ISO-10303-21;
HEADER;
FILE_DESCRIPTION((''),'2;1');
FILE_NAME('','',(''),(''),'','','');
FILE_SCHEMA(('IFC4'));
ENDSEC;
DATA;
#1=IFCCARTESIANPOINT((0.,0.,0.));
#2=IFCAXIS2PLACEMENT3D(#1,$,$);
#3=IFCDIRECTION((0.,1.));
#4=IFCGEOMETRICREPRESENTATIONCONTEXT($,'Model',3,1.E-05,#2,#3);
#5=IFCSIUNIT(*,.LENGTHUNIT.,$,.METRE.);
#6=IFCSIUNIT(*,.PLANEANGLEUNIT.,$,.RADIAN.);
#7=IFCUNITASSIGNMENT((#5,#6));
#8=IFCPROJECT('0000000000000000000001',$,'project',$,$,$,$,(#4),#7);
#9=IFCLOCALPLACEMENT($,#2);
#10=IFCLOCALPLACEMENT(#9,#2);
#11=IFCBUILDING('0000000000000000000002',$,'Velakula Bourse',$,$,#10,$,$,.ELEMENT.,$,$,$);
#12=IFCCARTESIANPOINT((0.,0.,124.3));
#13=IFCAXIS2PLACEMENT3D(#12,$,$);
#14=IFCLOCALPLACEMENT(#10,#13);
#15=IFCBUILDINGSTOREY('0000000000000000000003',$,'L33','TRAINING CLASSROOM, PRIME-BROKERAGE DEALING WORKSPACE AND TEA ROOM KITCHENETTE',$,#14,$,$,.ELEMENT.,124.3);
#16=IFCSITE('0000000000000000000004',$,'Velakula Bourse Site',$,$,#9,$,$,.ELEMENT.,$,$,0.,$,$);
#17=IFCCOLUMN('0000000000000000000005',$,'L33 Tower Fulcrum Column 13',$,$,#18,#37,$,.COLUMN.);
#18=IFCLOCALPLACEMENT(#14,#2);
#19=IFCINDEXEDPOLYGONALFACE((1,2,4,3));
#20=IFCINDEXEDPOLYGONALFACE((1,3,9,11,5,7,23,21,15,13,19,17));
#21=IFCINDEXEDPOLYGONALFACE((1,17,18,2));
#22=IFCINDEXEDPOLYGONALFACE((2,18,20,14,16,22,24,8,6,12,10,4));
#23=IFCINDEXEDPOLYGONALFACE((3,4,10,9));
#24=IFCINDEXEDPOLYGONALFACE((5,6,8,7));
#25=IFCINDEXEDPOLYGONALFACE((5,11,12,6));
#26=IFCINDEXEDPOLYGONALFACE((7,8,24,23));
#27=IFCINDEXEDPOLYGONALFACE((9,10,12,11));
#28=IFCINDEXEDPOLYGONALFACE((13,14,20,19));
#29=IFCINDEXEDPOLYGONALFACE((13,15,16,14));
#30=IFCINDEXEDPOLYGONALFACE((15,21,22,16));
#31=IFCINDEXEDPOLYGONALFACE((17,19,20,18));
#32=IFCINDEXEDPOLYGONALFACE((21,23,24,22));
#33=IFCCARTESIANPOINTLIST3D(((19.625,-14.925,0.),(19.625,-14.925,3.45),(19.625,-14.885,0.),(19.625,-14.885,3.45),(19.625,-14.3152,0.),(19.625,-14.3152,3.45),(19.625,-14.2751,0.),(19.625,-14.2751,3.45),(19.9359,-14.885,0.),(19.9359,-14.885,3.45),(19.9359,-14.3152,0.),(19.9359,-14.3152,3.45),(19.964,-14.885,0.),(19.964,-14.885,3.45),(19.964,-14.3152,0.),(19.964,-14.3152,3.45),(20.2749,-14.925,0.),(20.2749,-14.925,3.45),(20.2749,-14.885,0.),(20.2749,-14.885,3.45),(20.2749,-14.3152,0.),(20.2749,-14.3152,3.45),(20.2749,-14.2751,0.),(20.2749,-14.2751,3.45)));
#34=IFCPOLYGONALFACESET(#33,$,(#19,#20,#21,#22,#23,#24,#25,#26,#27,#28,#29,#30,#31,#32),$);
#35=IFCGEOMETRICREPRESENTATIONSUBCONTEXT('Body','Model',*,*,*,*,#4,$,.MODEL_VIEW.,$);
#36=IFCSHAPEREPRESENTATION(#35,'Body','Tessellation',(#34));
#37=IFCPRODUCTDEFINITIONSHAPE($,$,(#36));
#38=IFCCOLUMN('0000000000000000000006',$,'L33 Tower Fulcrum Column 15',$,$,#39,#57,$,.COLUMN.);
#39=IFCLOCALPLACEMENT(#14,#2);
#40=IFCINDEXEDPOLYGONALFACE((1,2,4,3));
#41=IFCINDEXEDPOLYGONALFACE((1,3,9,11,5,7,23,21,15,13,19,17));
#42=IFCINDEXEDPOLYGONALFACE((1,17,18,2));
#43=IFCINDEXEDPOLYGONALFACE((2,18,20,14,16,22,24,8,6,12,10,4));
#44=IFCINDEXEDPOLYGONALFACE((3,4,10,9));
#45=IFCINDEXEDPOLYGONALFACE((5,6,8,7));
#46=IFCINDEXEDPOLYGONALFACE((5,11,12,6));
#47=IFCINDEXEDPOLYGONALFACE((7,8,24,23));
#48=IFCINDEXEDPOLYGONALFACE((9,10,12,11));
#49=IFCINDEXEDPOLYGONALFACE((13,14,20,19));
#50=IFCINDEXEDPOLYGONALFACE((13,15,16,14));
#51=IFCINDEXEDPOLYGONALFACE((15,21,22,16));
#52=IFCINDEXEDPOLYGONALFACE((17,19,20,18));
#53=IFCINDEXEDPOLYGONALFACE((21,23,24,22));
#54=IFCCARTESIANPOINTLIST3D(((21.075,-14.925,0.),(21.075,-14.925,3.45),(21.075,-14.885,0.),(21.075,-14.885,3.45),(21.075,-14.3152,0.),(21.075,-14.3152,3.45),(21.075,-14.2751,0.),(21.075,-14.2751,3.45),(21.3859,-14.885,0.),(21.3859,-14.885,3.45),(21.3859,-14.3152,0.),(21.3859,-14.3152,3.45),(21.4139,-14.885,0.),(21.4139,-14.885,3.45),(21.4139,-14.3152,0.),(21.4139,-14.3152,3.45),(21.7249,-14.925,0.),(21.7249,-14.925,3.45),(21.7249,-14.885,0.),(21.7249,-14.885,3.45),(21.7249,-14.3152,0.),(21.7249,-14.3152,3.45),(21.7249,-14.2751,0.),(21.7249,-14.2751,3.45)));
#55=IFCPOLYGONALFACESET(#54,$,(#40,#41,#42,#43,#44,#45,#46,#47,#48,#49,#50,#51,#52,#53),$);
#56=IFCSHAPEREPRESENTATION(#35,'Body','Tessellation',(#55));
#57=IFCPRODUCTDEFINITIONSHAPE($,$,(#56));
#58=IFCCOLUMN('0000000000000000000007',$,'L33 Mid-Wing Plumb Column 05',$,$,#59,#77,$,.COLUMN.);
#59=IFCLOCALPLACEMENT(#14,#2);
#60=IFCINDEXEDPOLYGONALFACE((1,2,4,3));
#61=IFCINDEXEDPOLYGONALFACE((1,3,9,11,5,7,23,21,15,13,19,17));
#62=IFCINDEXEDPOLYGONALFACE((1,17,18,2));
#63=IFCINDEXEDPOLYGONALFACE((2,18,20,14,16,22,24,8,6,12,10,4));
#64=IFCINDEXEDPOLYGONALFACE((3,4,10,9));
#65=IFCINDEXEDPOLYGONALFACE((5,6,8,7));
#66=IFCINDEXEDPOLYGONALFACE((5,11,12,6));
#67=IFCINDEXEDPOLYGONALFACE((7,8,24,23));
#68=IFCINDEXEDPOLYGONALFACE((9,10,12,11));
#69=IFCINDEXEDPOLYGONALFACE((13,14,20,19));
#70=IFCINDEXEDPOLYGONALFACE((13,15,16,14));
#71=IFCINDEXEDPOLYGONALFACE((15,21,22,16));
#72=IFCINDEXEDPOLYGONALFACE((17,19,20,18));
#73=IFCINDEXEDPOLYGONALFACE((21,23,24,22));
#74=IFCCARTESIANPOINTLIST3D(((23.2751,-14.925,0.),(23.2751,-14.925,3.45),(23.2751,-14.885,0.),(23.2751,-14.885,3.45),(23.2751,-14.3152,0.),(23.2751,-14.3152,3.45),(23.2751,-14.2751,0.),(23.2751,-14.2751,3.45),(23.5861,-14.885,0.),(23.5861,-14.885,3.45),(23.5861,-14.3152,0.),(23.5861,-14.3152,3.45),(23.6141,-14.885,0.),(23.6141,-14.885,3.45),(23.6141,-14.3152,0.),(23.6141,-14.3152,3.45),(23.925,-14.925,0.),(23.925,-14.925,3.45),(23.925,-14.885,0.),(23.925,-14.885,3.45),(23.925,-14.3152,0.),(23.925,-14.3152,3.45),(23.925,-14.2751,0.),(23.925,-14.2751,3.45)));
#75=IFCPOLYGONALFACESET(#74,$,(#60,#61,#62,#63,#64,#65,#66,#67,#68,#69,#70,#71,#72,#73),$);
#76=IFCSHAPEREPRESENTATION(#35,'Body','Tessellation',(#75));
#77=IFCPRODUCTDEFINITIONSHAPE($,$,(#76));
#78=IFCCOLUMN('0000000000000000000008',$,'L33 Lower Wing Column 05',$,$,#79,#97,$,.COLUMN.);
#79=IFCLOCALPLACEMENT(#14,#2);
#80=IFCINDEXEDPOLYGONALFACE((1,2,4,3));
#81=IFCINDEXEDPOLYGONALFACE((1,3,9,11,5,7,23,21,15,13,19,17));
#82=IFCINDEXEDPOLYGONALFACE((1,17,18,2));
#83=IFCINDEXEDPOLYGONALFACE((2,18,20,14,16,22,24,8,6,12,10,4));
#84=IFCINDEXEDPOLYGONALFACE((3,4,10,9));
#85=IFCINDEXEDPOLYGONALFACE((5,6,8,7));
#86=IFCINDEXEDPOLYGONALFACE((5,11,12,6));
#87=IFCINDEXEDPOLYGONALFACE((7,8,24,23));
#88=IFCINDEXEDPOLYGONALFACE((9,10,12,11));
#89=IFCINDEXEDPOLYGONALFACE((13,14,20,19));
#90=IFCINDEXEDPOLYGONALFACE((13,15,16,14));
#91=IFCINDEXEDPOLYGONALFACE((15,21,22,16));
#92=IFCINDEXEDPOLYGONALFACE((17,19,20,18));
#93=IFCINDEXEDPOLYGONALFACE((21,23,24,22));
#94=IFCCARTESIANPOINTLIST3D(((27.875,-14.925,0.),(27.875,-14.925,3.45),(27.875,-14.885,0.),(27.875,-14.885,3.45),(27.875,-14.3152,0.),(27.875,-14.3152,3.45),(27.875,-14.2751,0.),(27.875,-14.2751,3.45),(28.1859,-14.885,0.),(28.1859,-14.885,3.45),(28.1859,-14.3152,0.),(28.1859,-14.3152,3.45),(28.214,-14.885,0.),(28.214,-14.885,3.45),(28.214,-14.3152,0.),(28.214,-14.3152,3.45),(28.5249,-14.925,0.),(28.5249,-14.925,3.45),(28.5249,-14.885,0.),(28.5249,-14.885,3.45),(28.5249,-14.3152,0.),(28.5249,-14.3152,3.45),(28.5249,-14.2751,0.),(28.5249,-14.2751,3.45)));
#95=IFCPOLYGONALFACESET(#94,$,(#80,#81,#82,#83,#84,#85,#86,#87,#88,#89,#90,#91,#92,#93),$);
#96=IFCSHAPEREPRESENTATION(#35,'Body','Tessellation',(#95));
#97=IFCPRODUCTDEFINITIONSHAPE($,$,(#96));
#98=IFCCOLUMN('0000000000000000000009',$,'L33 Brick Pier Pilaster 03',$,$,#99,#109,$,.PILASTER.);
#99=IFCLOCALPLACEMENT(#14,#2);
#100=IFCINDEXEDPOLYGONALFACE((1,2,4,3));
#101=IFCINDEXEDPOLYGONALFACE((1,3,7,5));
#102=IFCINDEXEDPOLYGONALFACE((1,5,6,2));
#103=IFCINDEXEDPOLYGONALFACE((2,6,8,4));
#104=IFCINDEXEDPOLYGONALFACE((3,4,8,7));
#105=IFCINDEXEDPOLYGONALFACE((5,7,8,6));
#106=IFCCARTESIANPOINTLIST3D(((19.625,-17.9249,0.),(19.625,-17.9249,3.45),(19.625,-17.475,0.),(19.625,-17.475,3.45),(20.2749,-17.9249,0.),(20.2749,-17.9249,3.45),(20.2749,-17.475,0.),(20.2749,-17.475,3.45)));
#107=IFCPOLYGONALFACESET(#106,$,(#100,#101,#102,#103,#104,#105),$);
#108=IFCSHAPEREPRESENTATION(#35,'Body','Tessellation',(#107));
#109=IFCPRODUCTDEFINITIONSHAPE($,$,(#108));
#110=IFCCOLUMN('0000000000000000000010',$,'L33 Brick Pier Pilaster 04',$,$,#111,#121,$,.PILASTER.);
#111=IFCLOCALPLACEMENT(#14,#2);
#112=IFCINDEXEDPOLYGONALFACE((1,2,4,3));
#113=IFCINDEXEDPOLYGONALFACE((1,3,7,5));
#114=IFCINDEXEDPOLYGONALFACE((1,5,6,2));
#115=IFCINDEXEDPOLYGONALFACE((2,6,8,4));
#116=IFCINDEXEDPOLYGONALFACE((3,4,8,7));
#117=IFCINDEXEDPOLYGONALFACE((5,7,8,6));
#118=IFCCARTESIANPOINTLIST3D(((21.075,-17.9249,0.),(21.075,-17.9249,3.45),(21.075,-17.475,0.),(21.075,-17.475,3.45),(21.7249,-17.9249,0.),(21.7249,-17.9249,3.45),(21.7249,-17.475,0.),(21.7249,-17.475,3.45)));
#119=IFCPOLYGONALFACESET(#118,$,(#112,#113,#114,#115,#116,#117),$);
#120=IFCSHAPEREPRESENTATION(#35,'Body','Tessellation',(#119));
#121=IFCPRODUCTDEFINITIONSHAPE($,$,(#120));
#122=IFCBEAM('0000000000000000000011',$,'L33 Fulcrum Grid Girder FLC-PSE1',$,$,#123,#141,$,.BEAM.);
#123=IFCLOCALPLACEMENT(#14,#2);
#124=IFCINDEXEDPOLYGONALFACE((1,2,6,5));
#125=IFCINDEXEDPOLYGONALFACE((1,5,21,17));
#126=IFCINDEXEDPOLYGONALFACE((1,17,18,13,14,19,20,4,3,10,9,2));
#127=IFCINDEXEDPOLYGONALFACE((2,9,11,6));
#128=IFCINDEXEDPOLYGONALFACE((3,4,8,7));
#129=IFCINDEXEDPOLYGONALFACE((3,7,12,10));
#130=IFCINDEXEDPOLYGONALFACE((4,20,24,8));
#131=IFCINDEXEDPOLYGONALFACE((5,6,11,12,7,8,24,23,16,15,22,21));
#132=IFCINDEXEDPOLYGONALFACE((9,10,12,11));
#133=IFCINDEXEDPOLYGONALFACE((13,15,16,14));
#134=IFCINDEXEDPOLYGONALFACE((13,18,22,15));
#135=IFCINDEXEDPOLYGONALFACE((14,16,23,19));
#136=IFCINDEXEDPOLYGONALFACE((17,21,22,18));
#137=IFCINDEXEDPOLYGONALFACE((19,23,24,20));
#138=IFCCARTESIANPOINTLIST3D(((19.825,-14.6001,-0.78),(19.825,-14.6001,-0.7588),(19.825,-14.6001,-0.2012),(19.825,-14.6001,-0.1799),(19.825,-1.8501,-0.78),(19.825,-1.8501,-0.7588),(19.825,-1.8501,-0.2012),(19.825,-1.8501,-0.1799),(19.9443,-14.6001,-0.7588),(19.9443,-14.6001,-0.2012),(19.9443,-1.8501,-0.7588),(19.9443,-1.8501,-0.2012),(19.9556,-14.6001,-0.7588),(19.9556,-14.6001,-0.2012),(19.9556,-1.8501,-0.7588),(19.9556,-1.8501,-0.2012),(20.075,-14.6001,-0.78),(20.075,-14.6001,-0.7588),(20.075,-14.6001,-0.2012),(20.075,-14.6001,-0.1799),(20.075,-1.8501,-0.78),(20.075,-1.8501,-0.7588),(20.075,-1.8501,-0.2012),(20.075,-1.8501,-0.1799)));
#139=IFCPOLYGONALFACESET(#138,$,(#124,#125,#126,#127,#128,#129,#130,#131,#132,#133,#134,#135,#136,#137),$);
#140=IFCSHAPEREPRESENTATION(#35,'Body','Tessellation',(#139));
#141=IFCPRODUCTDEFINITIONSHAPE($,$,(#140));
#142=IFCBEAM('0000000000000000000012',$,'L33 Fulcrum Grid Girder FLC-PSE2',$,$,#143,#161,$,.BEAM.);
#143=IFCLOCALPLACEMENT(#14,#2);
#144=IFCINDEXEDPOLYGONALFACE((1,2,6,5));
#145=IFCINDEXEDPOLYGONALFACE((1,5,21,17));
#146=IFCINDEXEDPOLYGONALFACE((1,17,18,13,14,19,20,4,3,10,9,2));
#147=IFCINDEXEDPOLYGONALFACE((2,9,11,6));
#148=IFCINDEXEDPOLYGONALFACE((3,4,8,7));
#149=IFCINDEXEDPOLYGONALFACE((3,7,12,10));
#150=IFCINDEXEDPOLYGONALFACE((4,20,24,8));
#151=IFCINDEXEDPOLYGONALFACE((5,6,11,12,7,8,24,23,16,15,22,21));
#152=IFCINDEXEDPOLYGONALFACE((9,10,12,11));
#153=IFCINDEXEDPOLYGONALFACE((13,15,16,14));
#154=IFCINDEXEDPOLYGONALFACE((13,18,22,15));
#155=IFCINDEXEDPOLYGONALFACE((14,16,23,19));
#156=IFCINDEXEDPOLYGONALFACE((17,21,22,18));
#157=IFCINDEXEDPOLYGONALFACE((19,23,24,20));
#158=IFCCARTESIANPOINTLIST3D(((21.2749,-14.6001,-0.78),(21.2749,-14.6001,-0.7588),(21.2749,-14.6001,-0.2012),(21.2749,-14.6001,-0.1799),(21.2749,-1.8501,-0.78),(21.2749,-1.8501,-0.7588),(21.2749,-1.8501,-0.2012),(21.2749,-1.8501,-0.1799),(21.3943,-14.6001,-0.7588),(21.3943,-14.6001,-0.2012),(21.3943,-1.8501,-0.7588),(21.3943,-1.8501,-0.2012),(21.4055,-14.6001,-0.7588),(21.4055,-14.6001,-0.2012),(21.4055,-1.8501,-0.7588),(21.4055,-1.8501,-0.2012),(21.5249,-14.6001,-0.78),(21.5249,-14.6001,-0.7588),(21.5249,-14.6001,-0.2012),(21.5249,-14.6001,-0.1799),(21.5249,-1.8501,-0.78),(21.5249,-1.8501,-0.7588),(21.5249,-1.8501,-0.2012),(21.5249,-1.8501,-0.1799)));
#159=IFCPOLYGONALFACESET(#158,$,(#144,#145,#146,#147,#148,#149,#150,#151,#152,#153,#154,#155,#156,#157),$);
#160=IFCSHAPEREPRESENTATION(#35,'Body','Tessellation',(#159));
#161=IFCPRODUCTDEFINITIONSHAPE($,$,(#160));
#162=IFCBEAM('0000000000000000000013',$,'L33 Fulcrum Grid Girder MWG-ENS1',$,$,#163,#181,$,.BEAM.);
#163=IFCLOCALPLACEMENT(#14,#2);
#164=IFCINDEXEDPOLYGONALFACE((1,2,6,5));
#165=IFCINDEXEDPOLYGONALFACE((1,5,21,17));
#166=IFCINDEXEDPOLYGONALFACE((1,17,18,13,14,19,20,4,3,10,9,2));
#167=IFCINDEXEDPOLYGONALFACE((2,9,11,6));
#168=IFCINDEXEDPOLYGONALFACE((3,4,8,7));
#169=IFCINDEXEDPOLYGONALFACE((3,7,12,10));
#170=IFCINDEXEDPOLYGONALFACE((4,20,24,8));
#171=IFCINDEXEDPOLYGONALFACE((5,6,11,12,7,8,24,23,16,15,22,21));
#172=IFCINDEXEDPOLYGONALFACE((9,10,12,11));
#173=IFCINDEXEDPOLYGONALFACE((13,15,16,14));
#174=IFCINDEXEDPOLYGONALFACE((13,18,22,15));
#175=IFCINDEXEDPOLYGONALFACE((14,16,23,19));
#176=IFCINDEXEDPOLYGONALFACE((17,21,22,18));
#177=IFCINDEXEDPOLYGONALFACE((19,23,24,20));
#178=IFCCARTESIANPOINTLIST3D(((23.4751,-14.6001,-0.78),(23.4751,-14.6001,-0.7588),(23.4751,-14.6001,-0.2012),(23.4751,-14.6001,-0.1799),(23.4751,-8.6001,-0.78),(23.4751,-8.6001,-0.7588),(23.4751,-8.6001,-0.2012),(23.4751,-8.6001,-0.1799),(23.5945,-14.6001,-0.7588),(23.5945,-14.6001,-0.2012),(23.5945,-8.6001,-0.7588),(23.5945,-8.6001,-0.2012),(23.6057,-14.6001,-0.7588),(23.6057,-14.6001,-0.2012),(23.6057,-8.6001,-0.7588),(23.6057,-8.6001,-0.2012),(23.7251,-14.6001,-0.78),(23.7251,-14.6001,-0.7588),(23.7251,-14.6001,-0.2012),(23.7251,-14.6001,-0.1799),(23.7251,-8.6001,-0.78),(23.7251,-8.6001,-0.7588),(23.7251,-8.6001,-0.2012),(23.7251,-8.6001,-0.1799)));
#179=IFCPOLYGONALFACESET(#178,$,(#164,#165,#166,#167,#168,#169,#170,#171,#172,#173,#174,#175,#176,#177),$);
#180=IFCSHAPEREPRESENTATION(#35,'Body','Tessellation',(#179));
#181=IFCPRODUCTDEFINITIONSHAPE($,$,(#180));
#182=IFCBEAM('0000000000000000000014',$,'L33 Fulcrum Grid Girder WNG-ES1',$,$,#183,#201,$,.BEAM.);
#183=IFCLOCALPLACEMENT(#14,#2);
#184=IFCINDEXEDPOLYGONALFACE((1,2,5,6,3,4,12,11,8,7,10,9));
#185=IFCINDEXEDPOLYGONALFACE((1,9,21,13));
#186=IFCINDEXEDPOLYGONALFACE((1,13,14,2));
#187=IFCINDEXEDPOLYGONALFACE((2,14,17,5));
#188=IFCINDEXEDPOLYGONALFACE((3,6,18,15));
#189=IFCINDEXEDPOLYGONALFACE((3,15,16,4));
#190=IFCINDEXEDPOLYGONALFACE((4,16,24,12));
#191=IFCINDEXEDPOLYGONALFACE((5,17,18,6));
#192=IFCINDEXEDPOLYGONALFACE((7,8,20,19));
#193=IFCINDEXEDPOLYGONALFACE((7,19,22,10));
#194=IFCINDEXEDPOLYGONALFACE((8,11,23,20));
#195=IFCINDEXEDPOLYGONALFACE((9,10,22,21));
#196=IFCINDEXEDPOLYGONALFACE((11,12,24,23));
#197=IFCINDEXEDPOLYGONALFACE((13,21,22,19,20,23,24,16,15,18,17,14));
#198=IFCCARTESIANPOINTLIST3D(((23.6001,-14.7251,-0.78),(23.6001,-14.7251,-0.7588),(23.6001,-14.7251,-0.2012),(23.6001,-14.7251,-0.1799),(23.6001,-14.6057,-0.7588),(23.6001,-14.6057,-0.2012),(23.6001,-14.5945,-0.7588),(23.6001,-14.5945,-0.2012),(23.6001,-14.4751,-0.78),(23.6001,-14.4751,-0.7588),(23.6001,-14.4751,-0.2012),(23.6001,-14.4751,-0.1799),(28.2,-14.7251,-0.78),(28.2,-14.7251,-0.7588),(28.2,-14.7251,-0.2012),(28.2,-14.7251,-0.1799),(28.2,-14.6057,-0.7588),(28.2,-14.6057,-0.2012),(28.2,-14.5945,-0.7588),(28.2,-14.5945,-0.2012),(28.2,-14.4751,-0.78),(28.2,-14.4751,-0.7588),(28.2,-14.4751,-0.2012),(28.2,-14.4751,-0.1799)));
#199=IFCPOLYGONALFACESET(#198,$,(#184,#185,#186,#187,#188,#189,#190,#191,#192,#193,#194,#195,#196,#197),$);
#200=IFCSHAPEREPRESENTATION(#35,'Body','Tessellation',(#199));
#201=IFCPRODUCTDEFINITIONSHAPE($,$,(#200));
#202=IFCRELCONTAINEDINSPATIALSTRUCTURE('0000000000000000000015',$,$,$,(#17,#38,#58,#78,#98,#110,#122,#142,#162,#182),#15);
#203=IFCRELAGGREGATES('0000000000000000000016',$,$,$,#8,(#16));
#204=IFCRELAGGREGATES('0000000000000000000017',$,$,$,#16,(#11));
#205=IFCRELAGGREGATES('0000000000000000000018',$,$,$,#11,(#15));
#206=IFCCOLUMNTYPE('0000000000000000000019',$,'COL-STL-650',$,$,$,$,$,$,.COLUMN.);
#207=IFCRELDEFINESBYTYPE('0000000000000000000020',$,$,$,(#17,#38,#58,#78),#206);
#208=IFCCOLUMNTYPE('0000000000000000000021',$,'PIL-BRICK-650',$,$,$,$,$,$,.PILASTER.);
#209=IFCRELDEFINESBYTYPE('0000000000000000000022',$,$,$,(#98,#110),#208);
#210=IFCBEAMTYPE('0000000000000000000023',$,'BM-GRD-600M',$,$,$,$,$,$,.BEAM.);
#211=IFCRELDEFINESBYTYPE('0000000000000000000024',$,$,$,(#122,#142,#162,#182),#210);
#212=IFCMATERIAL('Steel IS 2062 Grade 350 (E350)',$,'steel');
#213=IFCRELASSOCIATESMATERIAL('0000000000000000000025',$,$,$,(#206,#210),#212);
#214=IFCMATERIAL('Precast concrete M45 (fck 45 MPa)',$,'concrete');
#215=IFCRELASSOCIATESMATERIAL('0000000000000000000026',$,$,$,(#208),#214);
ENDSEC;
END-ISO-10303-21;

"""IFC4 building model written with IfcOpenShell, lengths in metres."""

from ifc_helpers import new_model, si_unit, direction, frame, origin, origin_2d, place, context, subcontext, project, spatial, rectangle, i_section, extrude, material, material_profile, profile_set, type_object, element, save


model = new_model("IFC4")

# Units and contexts
model_context = context("Model", 3, precision=1e-05, world=origin(), true_north=direction((0.0, 1.0)))
body_context = subcontext(model_context, "Body", "Model", "MODEL_VIEW")
ifc_project = project(units=[si_unit("LENGTHUNIT", "METRE"), si_unit("PLANEANGLEUNIT", "RADIAN")], contexts=[model_context])

# Site, building, storey
site_placement = place(None, origin())
site = spatial("IfcSite", under=ifc_project, at=site_placement, Name="Velakula Bourse Site", CompositionType="ELEMENT", RefElevation=0.0)
building_placement = place(site_placement, origin())
building = spatial("IfcBuilding", under=site, at=building_placement, Name="Velakula Bourse", CompositionType="ELEMENT")
storey_placement = place(building_placement, frame((0.0, 0.0, 124.3)))
storey = spatial("IfcBuildingStorey", under=building, at=storey_placement, Name="L33", Description="TRAINING CLASSROOM, PRIME-BROKERAGE DEALING WORKSPACE AND TEA ROOM KITCHENETTE", CompositionType="ELEMENT", Elevation=124.3)

# Columns
ifc_material_1 = material(Name="Steel IS 2062 Grade 350 (E350)", Category="steel")
ifc_material_profile_1 = material_profile(ifc_material_1, i_section(OverallWidth=0.6499, OverallDepth=0.6499, WebThickness=0.0281, FlangeThickness=0.04, at=origin_2d()), Name="Steel IS 2062 Grade 350 (E350)")
ifc_profile_set_1 = profile_set([ifc_material_profile_1], Name="Steel IS 2062 Grade 350 (E350)")
column_type_1 = type_object("IfcColumnType", Name="COL-STL-650", PredefinedType="COLUMN", material=ifc_profile_set_1)
for number, where, z_axis, x_axis, name in (
    (1, (19.95, -14.6001, 0.0), (0.0, 0.0, 1.0), (1.0, 0.0, 0.0), "L33 Tower Fulcrum Column 13"),
    (2, (21.3999, -14.6001, 0.0), (0.0, 0.0, 1.0), (1.0, 0.0, 0.0), "L33 Tower Fulcrum Column 15"),
    (3, (23.6001, -14.6001, 0.0), (0.0, 0.0, 1.0), (1.0, 0.0, 0.0), "L33 Mid-Wing Plumb Column 05"),
    (4, (28.2, -14.6001, 0.0), (0.0, 0.0, 1.0), (1.0, 0.0, 0.0), "L33 Lower Wing Column 05"),
):
    element("IfcColumn", number, at=place(storey_placement, frame(where, z_axis=z_axis, x_axis=x_axis)), inside=storey, type_object=column_type_1, Name=name, PredefinedType="COLUMN", context=body_context, shape_type="SweptSolid", body=[
        extrude(i_section(OverallWidth=0.6499, OverallDepth=0.6499, WebThickness=0.0281, FlangeThickness=0.04, at=origin_2d()), origin(), (0.0, 0.0, 1.0), 3.45),
    ])
ifc_material_2 = material(Name="Precast concrete M45 (fck 45 MPa)", Category="concrete")
ifc_material_profile_2 = material_profile(ifc_material_2, rectangle(XDim=0.6499, YDim=0.45, at=origin_2d()), Name="Precast concrete M45 (fck 45 MPa)")
ifc_profile_set_2 = profile_set([ifc_material_profile_2], Name="Precast concrete M45 (fck 45 MPa)")
column_type_2 = type_object("IfcColumnType", Name="PIL-BRICK-650", PredefinedType="PILASTER", material=ifc_profile_set_2)
for number, where, z_axis, x_axis, name in (
    (5, (19.95, -17.7, 0.0), (0.0, 0.0, 1.0), (1.0, 0.0, 0.0), "L33 Brick Pier Pilaster 03"),
    (6, (21.3999, -17.7, 0.0), (0.0, 0.0, 1.0), (1.0, 0.0, 0.0), "L33 Brick Pier Pilaster 04"),
):
    element("IfcColumn", number, at=place(storey_placement, frame(where, z_axis=z_axis, x_axis=x_axis)), inside=storey, type_object=column_type_2, Name=name, PredefinedType="PILASTER", context=body_context, shape_type="SweptSolid", body=[
        extrude(rectangle(XDim=0.6499, YDim=0.45, at=origin_2d()), origin(), (0.0, 0.0, 1.0), 3.45),
    ])

# Beams
ifc_material_profile_3 = material_profile(ifc_material_1, i_section(OverallWidth=0.25, OverallDepth=0.6001, WebThickness=0.0112, FlangeThickness=0.0212, at=origin_2d()), Name="Steel IS 2062 Grade 350 (E350)")
ifc_profile_set_3 = profile_set([ifc_material_profile_3], Name="Steel IS 2062 Grade 350 (E350)")
beam_type = type_object("IfcBeamType", Name="BM-GRD-600M", PredefinedType="BEAM", material=ifc_profile_set_3)
for number, where, z_axis, x_axis, name in (
    (7, (19.95, -14.6001, -0.48), (0.0, 1.0, 0.0), (-1.0, 0.0, 0.0), "L33 Fulcrum Grid Girder FLC-PSE1"),
    (8, (21.3999, -14.6001, -0.48), (0.0, 1.0, 0.0), (-1.0, 0.0, 0.0), "L33 Fulcrum Grid Girder FLC-PSE2"),
):
    element("IfcBeam", number, at=place(storey_placement, frame(where, z_axis=z_axis, x_axis=x_axis)), inside=storey, type_object=beam_type, Name=name, PredefinedType="BEAM", context=body_context, shape_type="SweptSolid", body=[
        extrude(i_section(OverallWidth=0.25, OverallDepth=0.6001, WebThickness=0.0112, FlangeThickness=0.0212, at=origin_2d()), origin(), (0.0, 0.0, 1.0), 12.75),
    ])
beam_1_placement = place(storey_placement, frame((23.6001, -14.6001, -0.48), z_axis=(0.0, 1.0, 0.0), x_axis=(-1.0, 0.0, 0.0)))
element("IfcBeam", 9, at=beam_1_placement, inside=storey, type_object=beam_type, Name="L33 Fulcrum Grid Girder MWG-ENS1", PredefinedType="BEAM", context=body_context, shape_type="SweptSolid", body=[
    extrude(i_section(OverallWidth=0.25, OverallDepth=0.6001, WebThickness=0.0112, FlangeThickness=0.0212, at=origin_2d()), origin(), (0.0, 0.0, 1.0), 6.0),
])
beam_2_placement = place(storey_placement, frame((23.6001, -14.6001, -0.48), z_axis=(1.0, 0.0, 0.0), x_axis=(0.0, 1.0, 0.0)))
element("IfcBeam", 10, at=beam_2_placement, inside=storey, type_object=beam_type, Name="L33 Fulcrum Grid Girder WNG-ES1", PredefinedType="BEAM", context=body_context, shape_type="SweptSolid", body=[
    extrude(i_section(OverallWidth=0.25, OverallDepth=0.6001, WebThickness=0.0112, FlangeThickness=0.0212, at=origin_2d()), origin(), (0.0, 0.0, 1.0), 4.5999),
])

save(model, "model.ifc")
